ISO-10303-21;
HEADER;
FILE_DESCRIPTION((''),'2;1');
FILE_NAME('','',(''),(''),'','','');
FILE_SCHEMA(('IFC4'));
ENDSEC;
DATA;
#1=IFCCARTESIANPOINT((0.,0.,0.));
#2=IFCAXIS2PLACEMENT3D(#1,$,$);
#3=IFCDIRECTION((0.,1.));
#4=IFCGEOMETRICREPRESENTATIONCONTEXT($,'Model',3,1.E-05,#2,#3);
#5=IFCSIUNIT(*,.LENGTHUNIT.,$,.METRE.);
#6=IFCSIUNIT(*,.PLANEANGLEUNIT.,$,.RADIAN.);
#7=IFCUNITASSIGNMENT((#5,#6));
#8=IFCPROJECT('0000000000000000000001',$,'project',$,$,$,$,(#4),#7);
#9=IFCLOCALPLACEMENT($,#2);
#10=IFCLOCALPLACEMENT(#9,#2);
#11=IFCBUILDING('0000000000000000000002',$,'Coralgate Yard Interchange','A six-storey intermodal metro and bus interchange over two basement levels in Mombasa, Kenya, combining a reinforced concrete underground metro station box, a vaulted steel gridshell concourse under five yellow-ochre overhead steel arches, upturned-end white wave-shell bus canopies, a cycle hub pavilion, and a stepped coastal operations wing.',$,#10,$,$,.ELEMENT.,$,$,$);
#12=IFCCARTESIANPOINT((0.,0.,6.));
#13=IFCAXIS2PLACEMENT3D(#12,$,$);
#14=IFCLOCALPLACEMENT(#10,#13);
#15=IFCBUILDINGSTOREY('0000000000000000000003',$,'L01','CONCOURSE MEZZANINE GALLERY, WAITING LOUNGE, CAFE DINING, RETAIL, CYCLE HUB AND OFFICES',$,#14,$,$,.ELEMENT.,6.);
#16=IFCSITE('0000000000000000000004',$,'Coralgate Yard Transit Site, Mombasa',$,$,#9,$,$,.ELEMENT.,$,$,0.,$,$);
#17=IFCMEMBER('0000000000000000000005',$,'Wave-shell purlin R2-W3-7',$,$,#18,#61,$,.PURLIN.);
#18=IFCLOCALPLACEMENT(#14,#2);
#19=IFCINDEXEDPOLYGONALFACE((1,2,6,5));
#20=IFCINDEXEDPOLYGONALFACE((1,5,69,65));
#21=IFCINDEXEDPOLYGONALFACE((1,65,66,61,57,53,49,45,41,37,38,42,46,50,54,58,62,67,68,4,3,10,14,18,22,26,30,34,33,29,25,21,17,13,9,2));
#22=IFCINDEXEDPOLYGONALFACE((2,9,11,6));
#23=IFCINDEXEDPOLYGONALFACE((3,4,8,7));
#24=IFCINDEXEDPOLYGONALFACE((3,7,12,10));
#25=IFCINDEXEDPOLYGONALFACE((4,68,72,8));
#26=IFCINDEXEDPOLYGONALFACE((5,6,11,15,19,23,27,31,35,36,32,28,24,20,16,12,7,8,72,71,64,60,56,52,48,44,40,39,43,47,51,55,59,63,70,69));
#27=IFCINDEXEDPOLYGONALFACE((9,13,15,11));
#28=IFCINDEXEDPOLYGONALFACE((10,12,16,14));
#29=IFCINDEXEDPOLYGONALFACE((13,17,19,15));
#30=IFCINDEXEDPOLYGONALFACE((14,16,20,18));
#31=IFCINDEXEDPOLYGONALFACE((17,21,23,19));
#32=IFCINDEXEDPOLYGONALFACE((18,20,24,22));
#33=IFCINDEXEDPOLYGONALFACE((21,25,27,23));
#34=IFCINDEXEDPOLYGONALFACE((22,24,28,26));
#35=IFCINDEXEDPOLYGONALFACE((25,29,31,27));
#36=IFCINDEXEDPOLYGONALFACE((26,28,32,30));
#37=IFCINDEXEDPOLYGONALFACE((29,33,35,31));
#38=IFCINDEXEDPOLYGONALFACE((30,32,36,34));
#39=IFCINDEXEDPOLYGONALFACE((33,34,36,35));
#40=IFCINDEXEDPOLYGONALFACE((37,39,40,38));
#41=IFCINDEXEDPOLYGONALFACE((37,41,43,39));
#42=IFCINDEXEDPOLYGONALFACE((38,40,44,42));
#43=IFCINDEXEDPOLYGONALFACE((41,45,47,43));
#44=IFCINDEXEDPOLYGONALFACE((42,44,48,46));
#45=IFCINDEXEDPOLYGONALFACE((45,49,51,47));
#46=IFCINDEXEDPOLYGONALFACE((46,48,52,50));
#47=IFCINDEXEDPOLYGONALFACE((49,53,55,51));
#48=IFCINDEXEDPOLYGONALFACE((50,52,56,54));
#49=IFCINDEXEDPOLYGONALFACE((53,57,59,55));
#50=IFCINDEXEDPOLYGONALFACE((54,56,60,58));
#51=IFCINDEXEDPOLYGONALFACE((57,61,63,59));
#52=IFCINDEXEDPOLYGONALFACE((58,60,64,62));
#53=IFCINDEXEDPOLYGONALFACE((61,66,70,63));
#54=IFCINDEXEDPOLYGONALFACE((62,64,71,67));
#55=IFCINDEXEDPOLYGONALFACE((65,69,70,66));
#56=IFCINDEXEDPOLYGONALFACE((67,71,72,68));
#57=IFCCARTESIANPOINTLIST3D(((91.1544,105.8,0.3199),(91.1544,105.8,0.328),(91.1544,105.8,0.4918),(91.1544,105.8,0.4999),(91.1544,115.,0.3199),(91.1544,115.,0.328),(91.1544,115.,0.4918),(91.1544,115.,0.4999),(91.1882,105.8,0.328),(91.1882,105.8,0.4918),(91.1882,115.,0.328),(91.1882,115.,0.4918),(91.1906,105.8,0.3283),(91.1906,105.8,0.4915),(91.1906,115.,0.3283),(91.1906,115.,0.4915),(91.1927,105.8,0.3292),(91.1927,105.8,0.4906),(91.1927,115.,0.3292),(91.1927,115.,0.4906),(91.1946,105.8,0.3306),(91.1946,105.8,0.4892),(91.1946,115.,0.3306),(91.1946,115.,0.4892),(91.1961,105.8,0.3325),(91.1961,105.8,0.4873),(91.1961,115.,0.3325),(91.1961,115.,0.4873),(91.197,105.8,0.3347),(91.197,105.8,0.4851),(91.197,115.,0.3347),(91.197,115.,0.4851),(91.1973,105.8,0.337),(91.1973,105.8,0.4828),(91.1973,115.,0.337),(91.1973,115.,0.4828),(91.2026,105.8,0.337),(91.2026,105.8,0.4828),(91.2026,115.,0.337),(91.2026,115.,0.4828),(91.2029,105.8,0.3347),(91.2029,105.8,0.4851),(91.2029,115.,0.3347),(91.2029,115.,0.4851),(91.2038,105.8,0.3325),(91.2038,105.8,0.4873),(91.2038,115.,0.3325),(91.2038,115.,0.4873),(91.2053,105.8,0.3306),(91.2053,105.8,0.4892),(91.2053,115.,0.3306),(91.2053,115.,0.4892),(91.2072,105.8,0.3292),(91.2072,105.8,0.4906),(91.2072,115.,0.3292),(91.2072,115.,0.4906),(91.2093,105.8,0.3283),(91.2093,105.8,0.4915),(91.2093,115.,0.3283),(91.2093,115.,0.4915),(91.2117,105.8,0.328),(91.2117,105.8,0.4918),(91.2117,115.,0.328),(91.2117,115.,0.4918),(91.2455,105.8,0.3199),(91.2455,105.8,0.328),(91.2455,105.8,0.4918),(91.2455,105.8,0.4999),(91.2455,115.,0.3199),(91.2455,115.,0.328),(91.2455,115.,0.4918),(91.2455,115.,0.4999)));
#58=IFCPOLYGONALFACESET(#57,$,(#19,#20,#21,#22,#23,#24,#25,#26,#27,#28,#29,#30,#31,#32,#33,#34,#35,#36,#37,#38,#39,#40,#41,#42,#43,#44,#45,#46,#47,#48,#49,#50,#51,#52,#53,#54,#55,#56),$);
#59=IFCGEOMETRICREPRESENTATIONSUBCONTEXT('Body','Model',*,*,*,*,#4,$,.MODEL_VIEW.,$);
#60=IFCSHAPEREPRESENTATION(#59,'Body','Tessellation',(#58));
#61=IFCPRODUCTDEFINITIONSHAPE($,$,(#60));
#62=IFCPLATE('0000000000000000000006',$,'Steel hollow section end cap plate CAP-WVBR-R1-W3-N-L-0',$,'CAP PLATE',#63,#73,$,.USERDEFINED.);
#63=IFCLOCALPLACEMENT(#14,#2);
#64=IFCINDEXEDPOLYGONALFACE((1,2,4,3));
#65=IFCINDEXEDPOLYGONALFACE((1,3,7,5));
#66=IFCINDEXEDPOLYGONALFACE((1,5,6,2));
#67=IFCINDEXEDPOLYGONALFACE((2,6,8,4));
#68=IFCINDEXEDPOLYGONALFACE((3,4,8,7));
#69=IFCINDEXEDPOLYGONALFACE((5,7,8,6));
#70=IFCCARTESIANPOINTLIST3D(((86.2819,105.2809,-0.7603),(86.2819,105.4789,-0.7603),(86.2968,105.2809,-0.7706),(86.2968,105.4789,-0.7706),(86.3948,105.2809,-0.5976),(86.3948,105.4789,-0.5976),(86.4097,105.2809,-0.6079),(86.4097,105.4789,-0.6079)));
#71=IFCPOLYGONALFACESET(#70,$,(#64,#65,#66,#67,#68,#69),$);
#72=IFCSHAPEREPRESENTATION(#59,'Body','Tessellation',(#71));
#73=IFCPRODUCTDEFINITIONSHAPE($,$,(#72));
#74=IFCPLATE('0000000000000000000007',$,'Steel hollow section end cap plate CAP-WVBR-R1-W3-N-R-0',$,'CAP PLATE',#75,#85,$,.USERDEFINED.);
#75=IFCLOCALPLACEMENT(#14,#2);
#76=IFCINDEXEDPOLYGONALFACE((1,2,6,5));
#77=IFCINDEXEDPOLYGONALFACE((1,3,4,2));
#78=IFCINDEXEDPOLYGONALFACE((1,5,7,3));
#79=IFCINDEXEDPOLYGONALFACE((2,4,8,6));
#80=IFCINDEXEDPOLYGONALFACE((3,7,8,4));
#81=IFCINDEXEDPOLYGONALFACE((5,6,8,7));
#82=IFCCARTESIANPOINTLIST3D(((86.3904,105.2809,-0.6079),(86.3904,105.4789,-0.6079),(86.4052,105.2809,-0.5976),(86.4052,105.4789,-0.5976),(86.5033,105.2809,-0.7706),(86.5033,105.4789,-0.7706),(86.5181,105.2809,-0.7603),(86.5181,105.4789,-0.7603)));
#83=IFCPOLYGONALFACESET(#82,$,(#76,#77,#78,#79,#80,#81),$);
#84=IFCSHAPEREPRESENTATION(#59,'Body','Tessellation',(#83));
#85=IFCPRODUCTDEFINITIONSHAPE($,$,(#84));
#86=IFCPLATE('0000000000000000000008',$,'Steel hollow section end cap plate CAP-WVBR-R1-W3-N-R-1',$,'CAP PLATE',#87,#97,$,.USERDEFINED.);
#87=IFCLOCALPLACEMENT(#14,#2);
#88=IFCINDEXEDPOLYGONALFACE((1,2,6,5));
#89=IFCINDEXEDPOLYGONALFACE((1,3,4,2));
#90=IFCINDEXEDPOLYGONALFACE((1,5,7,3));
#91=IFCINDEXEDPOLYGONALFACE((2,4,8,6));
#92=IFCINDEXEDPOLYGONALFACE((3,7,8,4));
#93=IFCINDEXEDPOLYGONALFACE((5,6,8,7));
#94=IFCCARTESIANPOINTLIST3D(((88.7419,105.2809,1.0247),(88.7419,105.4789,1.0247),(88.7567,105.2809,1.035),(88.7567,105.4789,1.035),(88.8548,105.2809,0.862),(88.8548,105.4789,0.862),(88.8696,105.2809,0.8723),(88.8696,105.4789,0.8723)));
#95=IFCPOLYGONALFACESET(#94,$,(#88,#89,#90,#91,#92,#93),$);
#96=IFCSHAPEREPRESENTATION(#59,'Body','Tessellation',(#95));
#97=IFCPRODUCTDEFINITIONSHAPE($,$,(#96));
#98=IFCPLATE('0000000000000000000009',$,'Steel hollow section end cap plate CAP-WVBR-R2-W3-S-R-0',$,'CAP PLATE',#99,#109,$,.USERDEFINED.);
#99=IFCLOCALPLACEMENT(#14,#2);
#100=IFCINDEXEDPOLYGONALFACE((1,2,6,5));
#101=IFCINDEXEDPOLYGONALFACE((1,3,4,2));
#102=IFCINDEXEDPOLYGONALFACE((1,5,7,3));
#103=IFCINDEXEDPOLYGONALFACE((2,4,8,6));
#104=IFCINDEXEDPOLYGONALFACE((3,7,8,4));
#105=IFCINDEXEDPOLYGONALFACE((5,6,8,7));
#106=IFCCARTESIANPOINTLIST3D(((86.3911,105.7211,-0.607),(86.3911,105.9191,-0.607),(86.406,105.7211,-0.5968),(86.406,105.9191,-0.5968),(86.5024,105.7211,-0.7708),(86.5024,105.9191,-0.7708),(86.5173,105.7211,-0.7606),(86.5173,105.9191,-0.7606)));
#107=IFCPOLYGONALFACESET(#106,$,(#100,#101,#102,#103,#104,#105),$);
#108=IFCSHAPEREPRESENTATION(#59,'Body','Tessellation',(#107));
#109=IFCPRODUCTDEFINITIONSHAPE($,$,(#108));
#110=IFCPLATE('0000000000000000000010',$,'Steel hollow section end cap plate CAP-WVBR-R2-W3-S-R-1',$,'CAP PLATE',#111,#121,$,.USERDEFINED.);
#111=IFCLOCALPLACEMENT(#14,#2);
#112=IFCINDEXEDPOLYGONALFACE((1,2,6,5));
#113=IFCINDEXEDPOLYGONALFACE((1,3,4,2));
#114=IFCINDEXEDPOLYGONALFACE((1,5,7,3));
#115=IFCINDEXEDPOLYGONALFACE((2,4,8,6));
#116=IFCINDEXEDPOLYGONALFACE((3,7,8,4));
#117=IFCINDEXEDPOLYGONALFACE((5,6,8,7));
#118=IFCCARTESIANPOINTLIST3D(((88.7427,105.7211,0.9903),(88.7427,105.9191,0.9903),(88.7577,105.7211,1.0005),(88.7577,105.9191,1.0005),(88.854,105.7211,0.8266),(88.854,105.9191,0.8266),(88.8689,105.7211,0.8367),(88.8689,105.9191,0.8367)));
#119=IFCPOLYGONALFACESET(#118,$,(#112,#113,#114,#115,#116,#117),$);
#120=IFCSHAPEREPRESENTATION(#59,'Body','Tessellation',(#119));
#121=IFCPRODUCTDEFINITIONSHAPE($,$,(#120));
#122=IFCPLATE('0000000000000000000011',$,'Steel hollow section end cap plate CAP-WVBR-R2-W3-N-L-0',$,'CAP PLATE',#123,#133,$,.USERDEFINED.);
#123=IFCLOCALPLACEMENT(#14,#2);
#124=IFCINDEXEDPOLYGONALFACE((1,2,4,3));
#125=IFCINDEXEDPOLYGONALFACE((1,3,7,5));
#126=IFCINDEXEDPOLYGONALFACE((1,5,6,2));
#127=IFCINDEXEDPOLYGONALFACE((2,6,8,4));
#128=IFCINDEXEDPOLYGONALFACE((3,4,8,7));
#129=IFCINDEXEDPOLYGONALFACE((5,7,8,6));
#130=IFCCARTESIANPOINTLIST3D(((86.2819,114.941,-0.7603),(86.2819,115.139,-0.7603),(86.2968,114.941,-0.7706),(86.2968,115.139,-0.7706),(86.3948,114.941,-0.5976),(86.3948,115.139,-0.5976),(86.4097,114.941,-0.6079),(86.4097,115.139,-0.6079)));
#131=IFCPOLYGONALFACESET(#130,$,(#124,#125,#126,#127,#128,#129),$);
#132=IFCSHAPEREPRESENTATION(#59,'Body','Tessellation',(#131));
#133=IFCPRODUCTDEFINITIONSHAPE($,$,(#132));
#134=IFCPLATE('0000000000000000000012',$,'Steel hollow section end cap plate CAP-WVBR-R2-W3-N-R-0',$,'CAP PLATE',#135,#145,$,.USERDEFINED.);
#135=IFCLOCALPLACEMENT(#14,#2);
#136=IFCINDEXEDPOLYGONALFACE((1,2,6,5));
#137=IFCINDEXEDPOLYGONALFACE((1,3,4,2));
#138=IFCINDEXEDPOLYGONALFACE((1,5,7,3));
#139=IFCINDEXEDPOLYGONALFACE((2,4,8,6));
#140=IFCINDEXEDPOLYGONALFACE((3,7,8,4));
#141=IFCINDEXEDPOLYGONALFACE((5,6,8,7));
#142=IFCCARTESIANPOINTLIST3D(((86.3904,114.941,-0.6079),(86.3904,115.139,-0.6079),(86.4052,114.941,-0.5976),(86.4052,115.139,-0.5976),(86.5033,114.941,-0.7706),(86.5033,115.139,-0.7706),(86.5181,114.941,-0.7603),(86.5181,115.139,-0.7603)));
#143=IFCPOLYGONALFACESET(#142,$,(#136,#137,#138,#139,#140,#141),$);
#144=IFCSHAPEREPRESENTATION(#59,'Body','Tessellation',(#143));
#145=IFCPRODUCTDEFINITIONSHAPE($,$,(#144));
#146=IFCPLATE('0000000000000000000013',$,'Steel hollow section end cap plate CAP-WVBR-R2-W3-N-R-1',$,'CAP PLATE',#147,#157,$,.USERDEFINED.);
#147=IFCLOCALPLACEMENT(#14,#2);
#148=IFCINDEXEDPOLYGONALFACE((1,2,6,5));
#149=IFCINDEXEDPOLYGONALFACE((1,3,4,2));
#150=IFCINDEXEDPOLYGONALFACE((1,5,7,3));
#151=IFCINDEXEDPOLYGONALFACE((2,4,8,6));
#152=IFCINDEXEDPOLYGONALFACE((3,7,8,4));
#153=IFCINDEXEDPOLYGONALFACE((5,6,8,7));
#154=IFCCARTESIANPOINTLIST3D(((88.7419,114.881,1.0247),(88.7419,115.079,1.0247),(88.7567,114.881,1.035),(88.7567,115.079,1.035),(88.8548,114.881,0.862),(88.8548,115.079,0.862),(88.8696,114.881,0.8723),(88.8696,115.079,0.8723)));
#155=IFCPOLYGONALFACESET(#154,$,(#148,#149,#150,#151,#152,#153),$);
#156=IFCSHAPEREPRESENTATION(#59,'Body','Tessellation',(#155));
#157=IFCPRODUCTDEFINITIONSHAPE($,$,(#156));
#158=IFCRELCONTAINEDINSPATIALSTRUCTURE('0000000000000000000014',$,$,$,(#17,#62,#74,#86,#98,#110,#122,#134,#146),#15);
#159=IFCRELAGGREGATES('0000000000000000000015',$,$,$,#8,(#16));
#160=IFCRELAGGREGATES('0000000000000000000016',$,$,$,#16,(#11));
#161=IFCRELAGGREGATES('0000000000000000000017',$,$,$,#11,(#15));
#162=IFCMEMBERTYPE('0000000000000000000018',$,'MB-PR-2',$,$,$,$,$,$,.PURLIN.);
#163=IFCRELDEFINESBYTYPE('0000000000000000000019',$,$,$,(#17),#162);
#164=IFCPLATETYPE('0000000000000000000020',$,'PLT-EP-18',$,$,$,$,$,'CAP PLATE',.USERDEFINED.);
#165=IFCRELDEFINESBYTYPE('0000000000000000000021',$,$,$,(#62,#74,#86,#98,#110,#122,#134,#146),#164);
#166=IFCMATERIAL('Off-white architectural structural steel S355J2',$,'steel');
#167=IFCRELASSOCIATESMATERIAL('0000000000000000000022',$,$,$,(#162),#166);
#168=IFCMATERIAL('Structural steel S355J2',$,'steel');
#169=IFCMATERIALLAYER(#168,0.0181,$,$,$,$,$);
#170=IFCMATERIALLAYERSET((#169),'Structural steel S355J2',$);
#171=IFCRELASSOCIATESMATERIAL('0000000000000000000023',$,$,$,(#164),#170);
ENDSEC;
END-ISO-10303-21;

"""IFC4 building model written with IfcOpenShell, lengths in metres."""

from ifc_helpers import new_model, si_unit, direction, frame, origin, origin_2d, place, context, subcontext, project, spatial, rectangle, i_section, extrude, material, layer, layer_set, material_profile, profile_set, type_object, element, save


model = new_model("IFC4")

# Units and contexts
model_context = context("Model", 3, precision=1e-05, world=origin(), true_north=direction((0.0, 1.0)))
body_context = subcontext(model_context, "Body", "Model", "MODEL_VIEW")
ifc_project = project(units=[si_unit("LENGTHUNIT", "METRE"), si_unit("PLANEANGLEUNIT", "RADIAN")], contexts=[model_context])

# Site, building, storey
site_placement = place(None, origin())
site = spatial("IfcSite", under=ifc_project, at=site_placement, Name="Coralgate Yard Transit Site, Mombasa", CompositionType="ELEMENT", RefElevation=0.0)
building_placement = place(site_placement, origin())
building = spatial("IfcBuilding", under=site, at=building_placement, Name="Coralgate Yard Interchange", Description="A six-storey intermodal metro and bus interchange over two basement levels in Mombasa, Kenya, combining a reinforced concrete underground metro station box, a vaulted steel gridshell concourse under five yellow-ochre overhead steel arches, upturned-end white wave-shell bus canopies, a cycle hub pavilion, and a stepped coastal operations wing.", CompositionType="ELEMENT")
storey_placement = place(building_placement, frame((0.0, 0.0, 6.0)))
storey = spatial("IfcBuildingStorey", under=building, at=storey_placement, Name="L01", Description="CONCOURSE MEZZANINE GALLERY, WAITING LOUNGE, CAFE DINING, RETAIL, CYCLE HUB AND OFFICES", CompositionType="ELEMENT", Elevation=6.0)

# Shared definitions
ifc_material_1 = material(Name="Off-white architectural structural steel S355J2", Category="steel")

# Member
ifc_material_profile_1 = material_profile(ifc_material_1, i_section(OverallWidth=0.0911, OverallDepth=0.1799, WebThickness=0.0054, FlangeThickness=0.0081, FilletRadius=0.009, at=origin_2d()), Name="IPE 180")
ifc_profile_set_1 = profile_set([ifc_material_profile_1], Name="Off-white architectural structural steel S355J2")
member_type_1 = type_object("IfcMemberType", Name="MB-PR-2", PredefinedType="PURLIN", material=ifc_profile_set_1)
for number, where, z_axis, x_axis, name in (
    (1, (91.2, 105.8, 0.4099), (0.0, 1.0, 0.0), (-1.0, 0.0, 0.0), "Wave-shell purlin R2-W3-7"),
):
    element("IfcMember", number, at=place(storey_placement, frame(where, z_axis=z_axis, x_axis=x_axis)), inside=storey, type_object=member_type_1, Name=name, PredefinedType="PURLIN", context=body_context, shape_type="SweptSolid", body=[
        extrude(i_section(OverallWidth=0.0911, OverallDepth=0.1799, WebThickness=0.0054, FlangeThickness=0.0081, FilletRadius=0.009, at=origin_2d()), origin(), (0.0, 0.0, 1.0), 9.2),
    ])

# Plates
ifc_material_2 = material(Name="Structural steel S355J2", Category="steel")
ifc_layer = layer(ifc_material_2, 0.0181)
ifc_layer_set = layer_set([ifc_layer], Name="Structural steel S355J2")
plate_type = type_object("IfcPlateType", Name="PLT-EP-18", ElementType="CAP PLATE", PredefinedType="USERDEFINED", material=ifc_layer_set)
for number, where, z_axis, x_axis, name in (
    (2, (86.3384, 105.3799, -0.679), (0.821436, 0.0, -0.570301), (0.0, 1.0, 0.0), "Steel hollow section end cap plate CAP-WVBR-R1-W3-N-L-0"),
    (3, (86.4617, 105.3799, -0.679), (-0.821436, 0.0, -0.570301), (0.0, -1.0, 0.0), "Steel hollow section end cap plate CAP-WVBR-R1-W3-N-R-0"),
    (4, (88.7983, 105.3799, 0.9434), (0.821436, 0.0, 0.570301), (0.0, 1.0, 0.0), "Steel hollow section end cap plate CAP-WVBR-R1-W3-N-R-1"),
    (5, (86.4617, 105.8201, -0.6787), (-0.827189, 0.0, -0.561923), (0.0, -1.0, 0.0), "Steel hollow section end cap plate CAP-WVBR-R2-W3-S-R-0"),
    (6, (88.7983, 105.8201, 0.9084), (0.827189, 0.0, 0.561923), (0.0, 1.0, 0.0), "Steel hollow section end cap plate CAP-WVBR-R2-W3-S-R-1"),
    (7, (86.3384, 115.04, -0.679), (0.821436, 0.0, -0.570301), (0.0, 1.0, 0.0), "Steel hollow section end cap plate CAP-WVBR-R2-W3-N-L-0"),
    (8, (86.4617, 115.04, -0.679), (-0.821436, 0.0, -0.570301), (0.0, -1.0, 0.0), "Steel hollow section end cap plate CAP-WVBR-R2-W3-N-R-0"),
    (9, (88.7983, 114.98, 0.9434), (0.821436, 0.0, 0.570301), (0.0, 1.0, 0.0), "Steel hollow section end cap plate CAP-WVBR-R2-W3-N-R-1"),
):
    element("IfcPlate", number, at=place(storey_placement, frame(where, z_axis=z_axis, x_axis=x_axis)), inside=storey, type_object=plate_type, Name=name, ObjectType="CAP PLATE", PredefinedType="USERDEFINED", context=body_context, shape_type="SweptSolid", body=[
        extrude(rectangle(XDim=0.198, YDim=0.198, at=origin_2d()), origin(), (0.0, 0.0, 1.0), 0.0181),
    ])

save(model, "model.ifc")
